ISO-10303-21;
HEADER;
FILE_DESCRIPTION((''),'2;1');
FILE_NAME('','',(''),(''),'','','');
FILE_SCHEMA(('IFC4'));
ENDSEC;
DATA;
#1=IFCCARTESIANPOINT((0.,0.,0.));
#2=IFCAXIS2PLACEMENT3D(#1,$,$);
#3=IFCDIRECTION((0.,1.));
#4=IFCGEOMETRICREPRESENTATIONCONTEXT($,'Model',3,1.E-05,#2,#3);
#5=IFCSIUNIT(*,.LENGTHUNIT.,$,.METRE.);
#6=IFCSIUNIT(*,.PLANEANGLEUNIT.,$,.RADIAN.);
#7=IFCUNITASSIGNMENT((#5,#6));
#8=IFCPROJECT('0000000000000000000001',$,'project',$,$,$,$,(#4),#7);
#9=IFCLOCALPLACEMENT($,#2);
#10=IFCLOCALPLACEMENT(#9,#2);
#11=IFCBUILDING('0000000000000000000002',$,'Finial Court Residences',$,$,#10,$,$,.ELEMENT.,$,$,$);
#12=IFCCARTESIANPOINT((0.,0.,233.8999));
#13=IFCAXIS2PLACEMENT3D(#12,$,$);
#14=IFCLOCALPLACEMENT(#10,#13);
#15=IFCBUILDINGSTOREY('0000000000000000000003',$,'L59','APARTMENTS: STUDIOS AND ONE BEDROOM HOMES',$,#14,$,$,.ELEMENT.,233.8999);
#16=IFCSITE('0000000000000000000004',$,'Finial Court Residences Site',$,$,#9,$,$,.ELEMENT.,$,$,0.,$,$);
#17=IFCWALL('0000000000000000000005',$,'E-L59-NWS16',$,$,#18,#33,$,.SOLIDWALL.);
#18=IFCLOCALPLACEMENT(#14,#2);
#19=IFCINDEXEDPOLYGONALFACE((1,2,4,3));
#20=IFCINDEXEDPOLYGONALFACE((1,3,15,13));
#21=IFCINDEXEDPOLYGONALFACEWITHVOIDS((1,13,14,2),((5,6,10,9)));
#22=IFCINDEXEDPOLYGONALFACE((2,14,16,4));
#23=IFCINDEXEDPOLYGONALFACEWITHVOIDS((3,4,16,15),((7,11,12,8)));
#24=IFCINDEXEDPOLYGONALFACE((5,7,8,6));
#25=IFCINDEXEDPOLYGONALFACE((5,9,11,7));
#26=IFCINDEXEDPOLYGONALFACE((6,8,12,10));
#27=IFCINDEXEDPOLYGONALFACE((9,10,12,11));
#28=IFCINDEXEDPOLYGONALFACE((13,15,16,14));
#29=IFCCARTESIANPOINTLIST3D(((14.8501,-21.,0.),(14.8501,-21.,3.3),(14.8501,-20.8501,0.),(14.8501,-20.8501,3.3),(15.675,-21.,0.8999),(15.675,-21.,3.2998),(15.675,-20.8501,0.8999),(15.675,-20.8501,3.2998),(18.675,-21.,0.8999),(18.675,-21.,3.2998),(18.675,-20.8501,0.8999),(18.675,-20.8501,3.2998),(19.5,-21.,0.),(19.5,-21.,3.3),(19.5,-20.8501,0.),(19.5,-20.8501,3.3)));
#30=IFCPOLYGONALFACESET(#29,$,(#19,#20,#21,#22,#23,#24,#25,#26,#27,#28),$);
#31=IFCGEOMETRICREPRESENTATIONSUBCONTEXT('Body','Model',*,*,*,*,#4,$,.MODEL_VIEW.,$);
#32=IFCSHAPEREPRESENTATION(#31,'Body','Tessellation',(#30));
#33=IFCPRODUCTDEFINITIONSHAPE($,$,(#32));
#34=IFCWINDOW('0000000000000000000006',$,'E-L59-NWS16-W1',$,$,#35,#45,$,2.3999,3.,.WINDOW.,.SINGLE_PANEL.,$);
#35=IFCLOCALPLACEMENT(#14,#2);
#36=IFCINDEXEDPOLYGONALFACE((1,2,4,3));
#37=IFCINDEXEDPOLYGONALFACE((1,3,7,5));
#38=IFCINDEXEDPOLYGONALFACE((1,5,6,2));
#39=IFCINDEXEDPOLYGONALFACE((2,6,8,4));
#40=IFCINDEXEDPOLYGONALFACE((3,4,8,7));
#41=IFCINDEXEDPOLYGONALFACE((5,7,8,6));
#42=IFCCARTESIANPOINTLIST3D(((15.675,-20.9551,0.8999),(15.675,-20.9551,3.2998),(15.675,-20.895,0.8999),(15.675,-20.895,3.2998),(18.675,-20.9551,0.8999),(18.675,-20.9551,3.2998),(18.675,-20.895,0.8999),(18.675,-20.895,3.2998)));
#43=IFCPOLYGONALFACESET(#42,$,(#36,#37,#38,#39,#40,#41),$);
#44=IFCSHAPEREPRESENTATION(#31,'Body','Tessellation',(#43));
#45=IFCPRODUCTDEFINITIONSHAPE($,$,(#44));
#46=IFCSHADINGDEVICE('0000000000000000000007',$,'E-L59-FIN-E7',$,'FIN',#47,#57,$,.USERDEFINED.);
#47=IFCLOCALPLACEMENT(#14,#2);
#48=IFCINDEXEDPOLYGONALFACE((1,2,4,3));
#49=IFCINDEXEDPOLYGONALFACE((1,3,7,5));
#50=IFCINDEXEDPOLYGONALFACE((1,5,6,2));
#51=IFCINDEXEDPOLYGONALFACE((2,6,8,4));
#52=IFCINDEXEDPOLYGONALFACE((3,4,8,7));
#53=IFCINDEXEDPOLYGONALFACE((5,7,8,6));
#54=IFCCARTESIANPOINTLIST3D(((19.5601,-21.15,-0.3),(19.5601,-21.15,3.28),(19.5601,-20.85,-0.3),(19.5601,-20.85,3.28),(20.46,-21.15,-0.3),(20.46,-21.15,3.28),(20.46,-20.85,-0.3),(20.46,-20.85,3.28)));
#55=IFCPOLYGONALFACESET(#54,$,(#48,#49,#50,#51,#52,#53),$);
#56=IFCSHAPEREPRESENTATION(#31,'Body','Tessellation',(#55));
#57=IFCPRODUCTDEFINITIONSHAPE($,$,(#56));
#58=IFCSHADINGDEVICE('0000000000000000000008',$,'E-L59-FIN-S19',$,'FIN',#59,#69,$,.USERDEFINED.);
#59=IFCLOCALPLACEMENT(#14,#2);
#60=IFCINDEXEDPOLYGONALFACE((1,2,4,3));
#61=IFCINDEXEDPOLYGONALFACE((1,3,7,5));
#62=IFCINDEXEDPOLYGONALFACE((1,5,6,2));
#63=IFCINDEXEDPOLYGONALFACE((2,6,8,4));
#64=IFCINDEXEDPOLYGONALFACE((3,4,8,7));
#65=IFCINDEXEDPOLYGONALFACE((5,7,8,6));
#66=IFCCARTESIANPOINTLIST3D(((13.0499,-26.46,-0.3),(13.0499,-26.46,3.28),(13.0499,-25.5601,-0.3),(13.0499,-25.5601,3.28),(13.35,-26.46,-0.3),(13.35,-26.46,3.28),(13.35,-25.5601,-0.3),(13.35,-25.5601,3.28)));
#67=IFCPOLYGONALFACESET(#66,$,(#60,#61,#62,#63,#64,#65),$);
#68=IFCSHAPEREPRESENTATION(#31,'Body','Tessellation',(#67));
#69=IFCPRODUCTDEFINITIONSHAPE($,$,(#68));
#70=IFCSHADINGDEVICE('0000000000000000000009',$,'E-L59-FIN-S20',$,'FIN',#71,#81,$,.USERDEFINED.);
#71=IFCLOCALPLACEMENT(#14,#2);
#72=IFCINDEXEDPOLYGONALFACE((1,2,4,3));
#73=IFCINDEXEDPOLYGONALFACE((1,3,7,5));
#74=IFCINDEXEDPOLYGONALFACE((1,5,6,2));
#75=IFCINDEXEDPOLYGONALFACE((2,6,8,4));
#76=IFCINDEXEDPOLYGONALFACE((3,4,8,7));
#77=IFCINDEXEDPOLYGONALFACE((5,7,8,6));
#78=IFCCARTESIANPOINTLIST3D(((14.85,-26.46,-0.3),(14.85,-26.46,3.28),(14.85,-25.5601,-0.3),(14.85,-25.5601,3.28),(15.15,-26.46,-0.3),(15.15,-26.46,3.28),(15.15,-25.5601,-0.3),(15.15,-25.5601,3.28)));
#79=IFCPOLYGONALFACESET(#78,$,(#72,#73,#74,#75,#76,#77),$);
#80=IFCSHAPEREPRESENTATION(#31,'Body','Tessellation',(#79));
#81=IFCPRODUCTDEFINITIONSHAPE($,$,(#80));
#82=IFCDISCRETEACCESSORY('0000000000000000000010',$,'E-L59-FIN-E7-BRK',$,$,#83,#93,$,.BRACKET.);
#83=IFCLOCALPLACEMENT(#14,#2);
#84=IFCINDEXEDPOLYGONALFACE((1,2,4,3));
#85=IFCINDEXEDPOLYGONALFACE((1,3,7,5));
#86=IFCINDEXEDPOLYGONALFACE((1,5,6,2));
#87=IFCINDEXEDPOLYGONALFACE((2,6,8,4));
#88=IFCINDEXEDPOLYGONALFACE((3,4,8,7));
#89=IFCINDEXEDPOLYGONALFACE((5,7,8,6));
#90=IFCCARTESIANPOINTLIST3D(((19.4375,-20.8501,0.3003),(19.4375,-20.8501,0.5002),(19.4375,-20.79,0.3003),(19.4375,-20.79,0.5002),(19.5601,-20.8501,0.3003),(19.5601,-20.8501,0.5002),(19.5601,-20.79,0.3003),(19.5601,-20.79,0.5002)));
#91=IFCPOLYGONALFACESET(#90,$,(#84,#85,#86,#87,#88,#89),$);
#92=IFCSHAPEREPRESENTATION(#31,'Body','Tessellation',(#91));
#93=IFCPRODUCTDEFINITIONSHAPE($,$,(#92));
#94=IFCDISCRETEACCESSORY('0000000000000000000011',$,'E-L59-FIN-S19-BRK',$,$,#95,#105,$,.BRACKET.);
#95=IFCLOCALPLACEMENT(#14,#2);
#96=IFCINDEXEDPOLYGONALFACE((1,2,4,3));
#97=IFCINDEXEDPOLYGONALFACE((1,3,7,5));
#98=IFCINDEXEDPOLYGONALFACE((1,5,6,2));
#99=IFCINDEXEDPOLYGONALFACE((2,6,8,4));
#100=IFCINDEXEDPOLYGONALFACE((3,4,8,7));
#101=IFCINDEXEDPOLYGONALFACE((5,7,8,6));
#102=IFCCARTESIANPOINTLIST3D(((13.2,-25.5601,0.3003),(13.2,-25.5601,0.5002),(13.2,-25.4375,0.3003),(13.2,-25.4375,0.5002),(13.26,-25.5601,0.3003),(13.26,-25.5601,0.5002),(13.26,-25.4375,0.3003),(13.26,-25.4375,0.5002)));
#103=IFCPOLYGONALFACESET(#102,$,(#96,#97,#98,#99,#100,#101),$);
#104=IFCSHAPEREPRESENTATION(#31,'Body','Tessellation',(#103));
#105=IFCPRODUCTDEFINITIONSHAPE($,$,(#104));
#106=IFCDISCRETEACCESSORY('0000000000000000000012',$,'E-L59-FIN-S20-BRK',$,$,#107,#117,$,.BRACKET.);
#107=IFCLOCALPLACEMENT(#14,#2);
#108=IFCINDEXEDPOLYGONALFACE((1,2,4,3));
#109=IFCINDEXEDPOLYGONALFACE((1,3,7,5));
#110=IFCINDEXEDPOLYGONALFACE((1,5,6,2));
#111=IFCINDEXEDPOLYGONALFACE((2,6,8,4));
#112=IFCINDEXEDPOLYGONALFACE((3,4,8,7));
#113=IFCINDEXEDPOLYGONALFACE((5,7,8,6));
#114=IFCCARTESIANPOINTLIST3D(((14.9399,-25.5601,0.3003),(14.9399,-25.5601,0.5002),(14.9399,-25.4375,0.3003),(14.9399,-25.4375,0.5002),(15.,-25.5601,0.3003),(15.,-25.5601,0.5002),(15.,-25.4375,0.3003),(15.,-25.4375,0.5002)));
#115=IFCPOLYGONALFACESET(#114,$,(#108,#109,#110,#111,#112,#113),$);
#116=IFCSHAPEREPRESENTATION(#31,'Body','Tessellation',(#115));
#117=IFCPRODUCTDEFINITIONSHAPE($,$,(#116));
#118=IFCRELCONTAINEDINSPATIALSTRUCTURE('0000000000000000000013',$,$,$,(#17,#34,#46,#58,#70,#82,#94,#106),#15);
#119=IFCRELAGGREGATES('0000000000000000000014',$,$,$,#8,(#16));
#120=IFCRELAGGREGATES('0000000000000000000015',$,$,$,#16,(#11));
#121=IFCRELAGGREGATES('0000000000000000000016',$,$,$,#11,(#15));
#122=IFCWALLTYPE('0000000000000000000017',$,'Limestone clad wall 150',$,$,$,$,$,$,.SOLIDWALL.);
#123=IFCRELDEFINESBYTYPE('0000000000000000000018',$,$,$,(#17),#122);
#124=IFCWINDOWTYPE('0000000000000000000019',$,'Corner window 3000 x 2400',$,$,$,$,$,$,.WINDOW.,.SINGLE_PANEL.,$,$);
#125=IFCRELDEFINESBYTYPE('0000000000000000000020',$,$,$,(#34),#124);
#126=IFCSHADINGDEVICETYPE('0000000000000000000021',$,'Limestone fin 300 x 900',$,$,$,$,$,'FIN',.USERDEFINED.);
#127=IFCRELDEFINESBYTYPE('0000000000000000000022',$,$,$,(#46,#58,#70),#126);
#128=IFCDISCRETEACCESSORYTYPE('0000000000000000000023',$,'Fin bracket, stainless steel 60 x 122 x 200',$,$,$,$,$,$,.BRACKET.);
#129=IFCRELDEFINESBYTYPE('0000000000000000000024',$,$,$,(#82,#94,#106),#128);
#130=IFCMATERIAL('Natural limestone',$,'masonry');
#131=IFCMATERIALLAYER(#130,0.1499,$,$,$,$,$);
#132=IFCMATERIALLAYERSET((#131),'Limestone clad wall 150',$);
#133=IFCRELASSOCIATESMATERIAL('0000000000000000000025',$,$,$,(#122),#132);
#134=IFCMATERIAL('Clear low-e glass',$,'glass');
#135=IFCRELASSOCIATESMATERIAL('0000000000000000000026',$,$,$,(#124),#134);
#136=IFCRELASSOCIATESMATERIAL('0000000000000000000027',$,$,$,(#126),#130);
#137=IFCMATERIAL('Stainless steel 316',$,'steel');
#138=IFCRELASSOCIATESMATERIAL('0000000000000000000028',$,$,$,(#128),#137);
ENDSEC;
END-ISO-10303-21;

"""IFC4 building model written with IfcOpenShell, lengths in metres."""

from ifc_helpers import new_model, si_unit, direction, frame, frame_2d, origin, origin_2d, place, context, subcontext, project, spatial, rectangle, extrude, material, layer, layer_set, type_object, element, fill, save


model = new_model("IFC4")

# Units and contexts
model_context = context("Model", 3, precision=1e-05, world=origin(), true_north=direction((0.0, 1.0)))
body_context = subcontext(model_context, "Body", "Model", "MODEL_VIEW")
ifc_project = project(units=[si_unit("LENGTHUNIT", "METRE"), si_unit("PLANEANGLEUNIT", "RADIAN")], contexts=[model_context])

# Site, building, storey
site_placement = place(None, origin())
site = spatial("IfcSite", under=ifc_project, at=site_placement, Name="Finial Court Residences Site", CompositionType="ELEMENT", RefElevation=0.0)
building_placement = place(site_placement, origin())
building = spatial("IfcBuilding", under=site, at=building_placement, Name="Finial Court Residences", CompositionType="ELEMENT")
storey_placement = place(building_placement, frame((0.0, 0.0, 233.8999)))
storey = spatial("IfcBuildingStorey", under=building, at=storey_placement, Name="L59", Description="APARTMENTS: STUDIOS AND ONE BEDROOM HOMES", CompositionType="ELEMENT", Elevation=233.8999)

# Shared definitions
ifc_material_1 = material(Name="Clear low-e glass", Category="glass")

# Wall, opening, window
ifc_material_2 = material(Name="Natural limestone", Category="masonry")
ifc_layer_1 = layer(ifc_material_2, 0.1499)
ifc_layer_set_1 = layer_set([ifc_layer_1], Name="Limestone clad wall 150")
wall_type_1 = type_object("IfcWallType", Name="Limestone clad wall 150", PredefinedType="SOLIDWALL", material=ifc_layer_set_1)
window_type = type_object("IfcWindowType", Name="Corner window 3000 x 2400", PartitioningType="SINGLE_PANEL", PredefinedType="WINDOW", material=ifc_material_1)
wall_1_placement = place(storey_placement, frame((19.5, -20.925, 0.0), z_axis=(0.0, 0.0, 1.0), x_axis=(-1.0, 0.0, 0.0)))
wall_1 = element("IfcWall", 1, at=wall_1_placement, inside=storey, type_object=wall_type_1, Name="E-L59-NWS16", PredefinedType="SOLIDWALL", context=body_context, shape_type="SweptSolid", body=[
    extrude(rectangle(XDim=4.6499, YDim=0.1499, at=frame_2d((2.325, 0.0))), origin(), (0.0, 0.0, 1.0), 3.3),
])
opening_1_placement = place(wall_1_placement, frame((0.825, 0.0, 0.8999)))
opening_1 = element("IfcOpeningElement", 2, at=opening_1_placement, cuts=wall_1, PredefinedType="OPENING", context=body_context, shape_type="SweptSolid", body=[
    extrude(rectangle(XDim=3.0, YDim=2.3999, at=frame_2d((1.5, 1.2))), frame((0.0, 0.085, 0.0), z_axis=(0.0, -1.0, 0.0), x_axis=(1.0, 0.0, 0.0)), (0.0, 0.0, 1.0), 0.1699),
])
window_1_placement = place(opening_1_placement, origin())
window_1 = element("IfcWindow", 3, at=window_1_placement, inside=storey, type_object=window_type, Name="E-L59-NWS16-W1", OverallHeight=2.3999, OverallWidth=3.0, PartitioningType="SINGLE_PANEL", PredefinedType="WINDOW", context=body_context, shape_type="SweptSolid", body=[
    extrude(rectangle(XDim=3.0, YDim=2.3999, at=frame_2d((1.5, 1.2))), frame((0.0, 0.03, 0.0), z_axis=(0.0, -1.0, 0.0), x_axis=(1.0, 0.0, 0.0)), (0.0, 0.0, 1.0), 0.0601),
])
fill(opening_1, window_1)

# Shading devices
shading_device_type = type_object("IfcShadingDeviceType", Name="Limestone fin 300 x 900", ElementType="FIN", PredefinedType="USERDEFINED", material=ifc_material_2)
shading_device_placement = place(storey_placement, frame((20.01, -21.0, -0.3), z_axis=(0.0, 0.0, 1.0), x_axis=(1.0, 0.0, 0.0)))
element("IfcShadingDevice", 4, at=shading_device_placement, inside=storey, type_object=shading_device_type, Name="E-L59-FIN-E7", ObjectType="FIN", PredefinedType="USERDEFINED", context=body_context, shape_type="SweptSolid", body=[
    extrude(rectangle(XDim=0.8999, YDim=0.3, at=origin_2d()), origin(), (0.0, 0.0, 1.0), 3.5801),
])
for number, where, z_axis, x_axis, name in (
    (5, (13.2, -26.01, -0.3), (0.0, 0.0, 1.0), (1.0, 0.0, 0.0), "E-L59-FIN-S19"),
    (6, (15.0, -26.01, -0.3), (0.0, 0.0, 1.0), (1.0, 0.0, 0.0), "E-L59-FIN-S20"),
):
    element("IfcShadingDevice", number, at=place(storey_placement, frame(where, z_axis=z_axis, x_axis=x_axis)), inside=storey, type_object=shading_device_type, Name=name, ObjectType="FIN", PredefinedType="USERDEFINED", context=body_context, shape_type="SweptSolid", body=[
        extrude(rectangle(XDim=0.3, YDim=0.8999, at=origin_2d()), origin(), (0.0, 0.0, 1.0), 3.5801),
    ])

# Discrete accessories
ifc_material_3 = material(Name="Stainless steel 316", Category="steel")
discrete_accessory_type = type_object("IfcDiscreteAccessoryType", Name="Fin bracket, stainless steel 60 x 122 x 200", PredefinedType="BRACKET", material=ifc_material_3)
discrete_accessory_placement = place(storey_placement, frame((19.4988, -20.8201, 0.3003), z_axis=(0.0, 0.0, 1.0), x_axis=(1.0, 0.0, 0.0)))
element("IfcDiscreteAccessory", 7, at=discrete_accessory_placement, inside=storey, type_object=discrete_accessory_type, Name="E-L59-FIN-E7-BRK", PredefinedType="BRACKET", context=body_context, shape_type="SweptSolid", body=[
    extrude(rectangle(XDim=0.1226, YDim=0.0601, at=origin_2d()), origin(), (0.0, 0.0, 1.0), 0.2),
])
for number, where, z_axis, x_axis, name in (
    (8, (13.23, -25.4988, 0.3003), (0.0, 0.0, 1.0), (1.0, 0.0, 0.0), "E-L59-FIN-S19-BRK"),
    (9, (14.97, -25.4988, 0.3003), (0.0, 0.0, 1.0), (1.0, 0.0, 0.0), "E-L59-FIN-S20-BRK"),
):
    element("IfcDiscreteAccessory", number, at=place(storey_placement, frame(where, z_axis=z_axis, x_axis=x_axis)), inside=storey, type_object=discrete_accessory_type, Name=name, PredefinedType="BRACKET", context=body_context, shape_type="SweptSolid", body=[
        extrude(rectangle(XDim=0.0601, YDim=0.1226, at=origin_2d()), origin(), (0.0, 0.0, 1.0), 0.2),
    ])

save(model, "model.ifc")
